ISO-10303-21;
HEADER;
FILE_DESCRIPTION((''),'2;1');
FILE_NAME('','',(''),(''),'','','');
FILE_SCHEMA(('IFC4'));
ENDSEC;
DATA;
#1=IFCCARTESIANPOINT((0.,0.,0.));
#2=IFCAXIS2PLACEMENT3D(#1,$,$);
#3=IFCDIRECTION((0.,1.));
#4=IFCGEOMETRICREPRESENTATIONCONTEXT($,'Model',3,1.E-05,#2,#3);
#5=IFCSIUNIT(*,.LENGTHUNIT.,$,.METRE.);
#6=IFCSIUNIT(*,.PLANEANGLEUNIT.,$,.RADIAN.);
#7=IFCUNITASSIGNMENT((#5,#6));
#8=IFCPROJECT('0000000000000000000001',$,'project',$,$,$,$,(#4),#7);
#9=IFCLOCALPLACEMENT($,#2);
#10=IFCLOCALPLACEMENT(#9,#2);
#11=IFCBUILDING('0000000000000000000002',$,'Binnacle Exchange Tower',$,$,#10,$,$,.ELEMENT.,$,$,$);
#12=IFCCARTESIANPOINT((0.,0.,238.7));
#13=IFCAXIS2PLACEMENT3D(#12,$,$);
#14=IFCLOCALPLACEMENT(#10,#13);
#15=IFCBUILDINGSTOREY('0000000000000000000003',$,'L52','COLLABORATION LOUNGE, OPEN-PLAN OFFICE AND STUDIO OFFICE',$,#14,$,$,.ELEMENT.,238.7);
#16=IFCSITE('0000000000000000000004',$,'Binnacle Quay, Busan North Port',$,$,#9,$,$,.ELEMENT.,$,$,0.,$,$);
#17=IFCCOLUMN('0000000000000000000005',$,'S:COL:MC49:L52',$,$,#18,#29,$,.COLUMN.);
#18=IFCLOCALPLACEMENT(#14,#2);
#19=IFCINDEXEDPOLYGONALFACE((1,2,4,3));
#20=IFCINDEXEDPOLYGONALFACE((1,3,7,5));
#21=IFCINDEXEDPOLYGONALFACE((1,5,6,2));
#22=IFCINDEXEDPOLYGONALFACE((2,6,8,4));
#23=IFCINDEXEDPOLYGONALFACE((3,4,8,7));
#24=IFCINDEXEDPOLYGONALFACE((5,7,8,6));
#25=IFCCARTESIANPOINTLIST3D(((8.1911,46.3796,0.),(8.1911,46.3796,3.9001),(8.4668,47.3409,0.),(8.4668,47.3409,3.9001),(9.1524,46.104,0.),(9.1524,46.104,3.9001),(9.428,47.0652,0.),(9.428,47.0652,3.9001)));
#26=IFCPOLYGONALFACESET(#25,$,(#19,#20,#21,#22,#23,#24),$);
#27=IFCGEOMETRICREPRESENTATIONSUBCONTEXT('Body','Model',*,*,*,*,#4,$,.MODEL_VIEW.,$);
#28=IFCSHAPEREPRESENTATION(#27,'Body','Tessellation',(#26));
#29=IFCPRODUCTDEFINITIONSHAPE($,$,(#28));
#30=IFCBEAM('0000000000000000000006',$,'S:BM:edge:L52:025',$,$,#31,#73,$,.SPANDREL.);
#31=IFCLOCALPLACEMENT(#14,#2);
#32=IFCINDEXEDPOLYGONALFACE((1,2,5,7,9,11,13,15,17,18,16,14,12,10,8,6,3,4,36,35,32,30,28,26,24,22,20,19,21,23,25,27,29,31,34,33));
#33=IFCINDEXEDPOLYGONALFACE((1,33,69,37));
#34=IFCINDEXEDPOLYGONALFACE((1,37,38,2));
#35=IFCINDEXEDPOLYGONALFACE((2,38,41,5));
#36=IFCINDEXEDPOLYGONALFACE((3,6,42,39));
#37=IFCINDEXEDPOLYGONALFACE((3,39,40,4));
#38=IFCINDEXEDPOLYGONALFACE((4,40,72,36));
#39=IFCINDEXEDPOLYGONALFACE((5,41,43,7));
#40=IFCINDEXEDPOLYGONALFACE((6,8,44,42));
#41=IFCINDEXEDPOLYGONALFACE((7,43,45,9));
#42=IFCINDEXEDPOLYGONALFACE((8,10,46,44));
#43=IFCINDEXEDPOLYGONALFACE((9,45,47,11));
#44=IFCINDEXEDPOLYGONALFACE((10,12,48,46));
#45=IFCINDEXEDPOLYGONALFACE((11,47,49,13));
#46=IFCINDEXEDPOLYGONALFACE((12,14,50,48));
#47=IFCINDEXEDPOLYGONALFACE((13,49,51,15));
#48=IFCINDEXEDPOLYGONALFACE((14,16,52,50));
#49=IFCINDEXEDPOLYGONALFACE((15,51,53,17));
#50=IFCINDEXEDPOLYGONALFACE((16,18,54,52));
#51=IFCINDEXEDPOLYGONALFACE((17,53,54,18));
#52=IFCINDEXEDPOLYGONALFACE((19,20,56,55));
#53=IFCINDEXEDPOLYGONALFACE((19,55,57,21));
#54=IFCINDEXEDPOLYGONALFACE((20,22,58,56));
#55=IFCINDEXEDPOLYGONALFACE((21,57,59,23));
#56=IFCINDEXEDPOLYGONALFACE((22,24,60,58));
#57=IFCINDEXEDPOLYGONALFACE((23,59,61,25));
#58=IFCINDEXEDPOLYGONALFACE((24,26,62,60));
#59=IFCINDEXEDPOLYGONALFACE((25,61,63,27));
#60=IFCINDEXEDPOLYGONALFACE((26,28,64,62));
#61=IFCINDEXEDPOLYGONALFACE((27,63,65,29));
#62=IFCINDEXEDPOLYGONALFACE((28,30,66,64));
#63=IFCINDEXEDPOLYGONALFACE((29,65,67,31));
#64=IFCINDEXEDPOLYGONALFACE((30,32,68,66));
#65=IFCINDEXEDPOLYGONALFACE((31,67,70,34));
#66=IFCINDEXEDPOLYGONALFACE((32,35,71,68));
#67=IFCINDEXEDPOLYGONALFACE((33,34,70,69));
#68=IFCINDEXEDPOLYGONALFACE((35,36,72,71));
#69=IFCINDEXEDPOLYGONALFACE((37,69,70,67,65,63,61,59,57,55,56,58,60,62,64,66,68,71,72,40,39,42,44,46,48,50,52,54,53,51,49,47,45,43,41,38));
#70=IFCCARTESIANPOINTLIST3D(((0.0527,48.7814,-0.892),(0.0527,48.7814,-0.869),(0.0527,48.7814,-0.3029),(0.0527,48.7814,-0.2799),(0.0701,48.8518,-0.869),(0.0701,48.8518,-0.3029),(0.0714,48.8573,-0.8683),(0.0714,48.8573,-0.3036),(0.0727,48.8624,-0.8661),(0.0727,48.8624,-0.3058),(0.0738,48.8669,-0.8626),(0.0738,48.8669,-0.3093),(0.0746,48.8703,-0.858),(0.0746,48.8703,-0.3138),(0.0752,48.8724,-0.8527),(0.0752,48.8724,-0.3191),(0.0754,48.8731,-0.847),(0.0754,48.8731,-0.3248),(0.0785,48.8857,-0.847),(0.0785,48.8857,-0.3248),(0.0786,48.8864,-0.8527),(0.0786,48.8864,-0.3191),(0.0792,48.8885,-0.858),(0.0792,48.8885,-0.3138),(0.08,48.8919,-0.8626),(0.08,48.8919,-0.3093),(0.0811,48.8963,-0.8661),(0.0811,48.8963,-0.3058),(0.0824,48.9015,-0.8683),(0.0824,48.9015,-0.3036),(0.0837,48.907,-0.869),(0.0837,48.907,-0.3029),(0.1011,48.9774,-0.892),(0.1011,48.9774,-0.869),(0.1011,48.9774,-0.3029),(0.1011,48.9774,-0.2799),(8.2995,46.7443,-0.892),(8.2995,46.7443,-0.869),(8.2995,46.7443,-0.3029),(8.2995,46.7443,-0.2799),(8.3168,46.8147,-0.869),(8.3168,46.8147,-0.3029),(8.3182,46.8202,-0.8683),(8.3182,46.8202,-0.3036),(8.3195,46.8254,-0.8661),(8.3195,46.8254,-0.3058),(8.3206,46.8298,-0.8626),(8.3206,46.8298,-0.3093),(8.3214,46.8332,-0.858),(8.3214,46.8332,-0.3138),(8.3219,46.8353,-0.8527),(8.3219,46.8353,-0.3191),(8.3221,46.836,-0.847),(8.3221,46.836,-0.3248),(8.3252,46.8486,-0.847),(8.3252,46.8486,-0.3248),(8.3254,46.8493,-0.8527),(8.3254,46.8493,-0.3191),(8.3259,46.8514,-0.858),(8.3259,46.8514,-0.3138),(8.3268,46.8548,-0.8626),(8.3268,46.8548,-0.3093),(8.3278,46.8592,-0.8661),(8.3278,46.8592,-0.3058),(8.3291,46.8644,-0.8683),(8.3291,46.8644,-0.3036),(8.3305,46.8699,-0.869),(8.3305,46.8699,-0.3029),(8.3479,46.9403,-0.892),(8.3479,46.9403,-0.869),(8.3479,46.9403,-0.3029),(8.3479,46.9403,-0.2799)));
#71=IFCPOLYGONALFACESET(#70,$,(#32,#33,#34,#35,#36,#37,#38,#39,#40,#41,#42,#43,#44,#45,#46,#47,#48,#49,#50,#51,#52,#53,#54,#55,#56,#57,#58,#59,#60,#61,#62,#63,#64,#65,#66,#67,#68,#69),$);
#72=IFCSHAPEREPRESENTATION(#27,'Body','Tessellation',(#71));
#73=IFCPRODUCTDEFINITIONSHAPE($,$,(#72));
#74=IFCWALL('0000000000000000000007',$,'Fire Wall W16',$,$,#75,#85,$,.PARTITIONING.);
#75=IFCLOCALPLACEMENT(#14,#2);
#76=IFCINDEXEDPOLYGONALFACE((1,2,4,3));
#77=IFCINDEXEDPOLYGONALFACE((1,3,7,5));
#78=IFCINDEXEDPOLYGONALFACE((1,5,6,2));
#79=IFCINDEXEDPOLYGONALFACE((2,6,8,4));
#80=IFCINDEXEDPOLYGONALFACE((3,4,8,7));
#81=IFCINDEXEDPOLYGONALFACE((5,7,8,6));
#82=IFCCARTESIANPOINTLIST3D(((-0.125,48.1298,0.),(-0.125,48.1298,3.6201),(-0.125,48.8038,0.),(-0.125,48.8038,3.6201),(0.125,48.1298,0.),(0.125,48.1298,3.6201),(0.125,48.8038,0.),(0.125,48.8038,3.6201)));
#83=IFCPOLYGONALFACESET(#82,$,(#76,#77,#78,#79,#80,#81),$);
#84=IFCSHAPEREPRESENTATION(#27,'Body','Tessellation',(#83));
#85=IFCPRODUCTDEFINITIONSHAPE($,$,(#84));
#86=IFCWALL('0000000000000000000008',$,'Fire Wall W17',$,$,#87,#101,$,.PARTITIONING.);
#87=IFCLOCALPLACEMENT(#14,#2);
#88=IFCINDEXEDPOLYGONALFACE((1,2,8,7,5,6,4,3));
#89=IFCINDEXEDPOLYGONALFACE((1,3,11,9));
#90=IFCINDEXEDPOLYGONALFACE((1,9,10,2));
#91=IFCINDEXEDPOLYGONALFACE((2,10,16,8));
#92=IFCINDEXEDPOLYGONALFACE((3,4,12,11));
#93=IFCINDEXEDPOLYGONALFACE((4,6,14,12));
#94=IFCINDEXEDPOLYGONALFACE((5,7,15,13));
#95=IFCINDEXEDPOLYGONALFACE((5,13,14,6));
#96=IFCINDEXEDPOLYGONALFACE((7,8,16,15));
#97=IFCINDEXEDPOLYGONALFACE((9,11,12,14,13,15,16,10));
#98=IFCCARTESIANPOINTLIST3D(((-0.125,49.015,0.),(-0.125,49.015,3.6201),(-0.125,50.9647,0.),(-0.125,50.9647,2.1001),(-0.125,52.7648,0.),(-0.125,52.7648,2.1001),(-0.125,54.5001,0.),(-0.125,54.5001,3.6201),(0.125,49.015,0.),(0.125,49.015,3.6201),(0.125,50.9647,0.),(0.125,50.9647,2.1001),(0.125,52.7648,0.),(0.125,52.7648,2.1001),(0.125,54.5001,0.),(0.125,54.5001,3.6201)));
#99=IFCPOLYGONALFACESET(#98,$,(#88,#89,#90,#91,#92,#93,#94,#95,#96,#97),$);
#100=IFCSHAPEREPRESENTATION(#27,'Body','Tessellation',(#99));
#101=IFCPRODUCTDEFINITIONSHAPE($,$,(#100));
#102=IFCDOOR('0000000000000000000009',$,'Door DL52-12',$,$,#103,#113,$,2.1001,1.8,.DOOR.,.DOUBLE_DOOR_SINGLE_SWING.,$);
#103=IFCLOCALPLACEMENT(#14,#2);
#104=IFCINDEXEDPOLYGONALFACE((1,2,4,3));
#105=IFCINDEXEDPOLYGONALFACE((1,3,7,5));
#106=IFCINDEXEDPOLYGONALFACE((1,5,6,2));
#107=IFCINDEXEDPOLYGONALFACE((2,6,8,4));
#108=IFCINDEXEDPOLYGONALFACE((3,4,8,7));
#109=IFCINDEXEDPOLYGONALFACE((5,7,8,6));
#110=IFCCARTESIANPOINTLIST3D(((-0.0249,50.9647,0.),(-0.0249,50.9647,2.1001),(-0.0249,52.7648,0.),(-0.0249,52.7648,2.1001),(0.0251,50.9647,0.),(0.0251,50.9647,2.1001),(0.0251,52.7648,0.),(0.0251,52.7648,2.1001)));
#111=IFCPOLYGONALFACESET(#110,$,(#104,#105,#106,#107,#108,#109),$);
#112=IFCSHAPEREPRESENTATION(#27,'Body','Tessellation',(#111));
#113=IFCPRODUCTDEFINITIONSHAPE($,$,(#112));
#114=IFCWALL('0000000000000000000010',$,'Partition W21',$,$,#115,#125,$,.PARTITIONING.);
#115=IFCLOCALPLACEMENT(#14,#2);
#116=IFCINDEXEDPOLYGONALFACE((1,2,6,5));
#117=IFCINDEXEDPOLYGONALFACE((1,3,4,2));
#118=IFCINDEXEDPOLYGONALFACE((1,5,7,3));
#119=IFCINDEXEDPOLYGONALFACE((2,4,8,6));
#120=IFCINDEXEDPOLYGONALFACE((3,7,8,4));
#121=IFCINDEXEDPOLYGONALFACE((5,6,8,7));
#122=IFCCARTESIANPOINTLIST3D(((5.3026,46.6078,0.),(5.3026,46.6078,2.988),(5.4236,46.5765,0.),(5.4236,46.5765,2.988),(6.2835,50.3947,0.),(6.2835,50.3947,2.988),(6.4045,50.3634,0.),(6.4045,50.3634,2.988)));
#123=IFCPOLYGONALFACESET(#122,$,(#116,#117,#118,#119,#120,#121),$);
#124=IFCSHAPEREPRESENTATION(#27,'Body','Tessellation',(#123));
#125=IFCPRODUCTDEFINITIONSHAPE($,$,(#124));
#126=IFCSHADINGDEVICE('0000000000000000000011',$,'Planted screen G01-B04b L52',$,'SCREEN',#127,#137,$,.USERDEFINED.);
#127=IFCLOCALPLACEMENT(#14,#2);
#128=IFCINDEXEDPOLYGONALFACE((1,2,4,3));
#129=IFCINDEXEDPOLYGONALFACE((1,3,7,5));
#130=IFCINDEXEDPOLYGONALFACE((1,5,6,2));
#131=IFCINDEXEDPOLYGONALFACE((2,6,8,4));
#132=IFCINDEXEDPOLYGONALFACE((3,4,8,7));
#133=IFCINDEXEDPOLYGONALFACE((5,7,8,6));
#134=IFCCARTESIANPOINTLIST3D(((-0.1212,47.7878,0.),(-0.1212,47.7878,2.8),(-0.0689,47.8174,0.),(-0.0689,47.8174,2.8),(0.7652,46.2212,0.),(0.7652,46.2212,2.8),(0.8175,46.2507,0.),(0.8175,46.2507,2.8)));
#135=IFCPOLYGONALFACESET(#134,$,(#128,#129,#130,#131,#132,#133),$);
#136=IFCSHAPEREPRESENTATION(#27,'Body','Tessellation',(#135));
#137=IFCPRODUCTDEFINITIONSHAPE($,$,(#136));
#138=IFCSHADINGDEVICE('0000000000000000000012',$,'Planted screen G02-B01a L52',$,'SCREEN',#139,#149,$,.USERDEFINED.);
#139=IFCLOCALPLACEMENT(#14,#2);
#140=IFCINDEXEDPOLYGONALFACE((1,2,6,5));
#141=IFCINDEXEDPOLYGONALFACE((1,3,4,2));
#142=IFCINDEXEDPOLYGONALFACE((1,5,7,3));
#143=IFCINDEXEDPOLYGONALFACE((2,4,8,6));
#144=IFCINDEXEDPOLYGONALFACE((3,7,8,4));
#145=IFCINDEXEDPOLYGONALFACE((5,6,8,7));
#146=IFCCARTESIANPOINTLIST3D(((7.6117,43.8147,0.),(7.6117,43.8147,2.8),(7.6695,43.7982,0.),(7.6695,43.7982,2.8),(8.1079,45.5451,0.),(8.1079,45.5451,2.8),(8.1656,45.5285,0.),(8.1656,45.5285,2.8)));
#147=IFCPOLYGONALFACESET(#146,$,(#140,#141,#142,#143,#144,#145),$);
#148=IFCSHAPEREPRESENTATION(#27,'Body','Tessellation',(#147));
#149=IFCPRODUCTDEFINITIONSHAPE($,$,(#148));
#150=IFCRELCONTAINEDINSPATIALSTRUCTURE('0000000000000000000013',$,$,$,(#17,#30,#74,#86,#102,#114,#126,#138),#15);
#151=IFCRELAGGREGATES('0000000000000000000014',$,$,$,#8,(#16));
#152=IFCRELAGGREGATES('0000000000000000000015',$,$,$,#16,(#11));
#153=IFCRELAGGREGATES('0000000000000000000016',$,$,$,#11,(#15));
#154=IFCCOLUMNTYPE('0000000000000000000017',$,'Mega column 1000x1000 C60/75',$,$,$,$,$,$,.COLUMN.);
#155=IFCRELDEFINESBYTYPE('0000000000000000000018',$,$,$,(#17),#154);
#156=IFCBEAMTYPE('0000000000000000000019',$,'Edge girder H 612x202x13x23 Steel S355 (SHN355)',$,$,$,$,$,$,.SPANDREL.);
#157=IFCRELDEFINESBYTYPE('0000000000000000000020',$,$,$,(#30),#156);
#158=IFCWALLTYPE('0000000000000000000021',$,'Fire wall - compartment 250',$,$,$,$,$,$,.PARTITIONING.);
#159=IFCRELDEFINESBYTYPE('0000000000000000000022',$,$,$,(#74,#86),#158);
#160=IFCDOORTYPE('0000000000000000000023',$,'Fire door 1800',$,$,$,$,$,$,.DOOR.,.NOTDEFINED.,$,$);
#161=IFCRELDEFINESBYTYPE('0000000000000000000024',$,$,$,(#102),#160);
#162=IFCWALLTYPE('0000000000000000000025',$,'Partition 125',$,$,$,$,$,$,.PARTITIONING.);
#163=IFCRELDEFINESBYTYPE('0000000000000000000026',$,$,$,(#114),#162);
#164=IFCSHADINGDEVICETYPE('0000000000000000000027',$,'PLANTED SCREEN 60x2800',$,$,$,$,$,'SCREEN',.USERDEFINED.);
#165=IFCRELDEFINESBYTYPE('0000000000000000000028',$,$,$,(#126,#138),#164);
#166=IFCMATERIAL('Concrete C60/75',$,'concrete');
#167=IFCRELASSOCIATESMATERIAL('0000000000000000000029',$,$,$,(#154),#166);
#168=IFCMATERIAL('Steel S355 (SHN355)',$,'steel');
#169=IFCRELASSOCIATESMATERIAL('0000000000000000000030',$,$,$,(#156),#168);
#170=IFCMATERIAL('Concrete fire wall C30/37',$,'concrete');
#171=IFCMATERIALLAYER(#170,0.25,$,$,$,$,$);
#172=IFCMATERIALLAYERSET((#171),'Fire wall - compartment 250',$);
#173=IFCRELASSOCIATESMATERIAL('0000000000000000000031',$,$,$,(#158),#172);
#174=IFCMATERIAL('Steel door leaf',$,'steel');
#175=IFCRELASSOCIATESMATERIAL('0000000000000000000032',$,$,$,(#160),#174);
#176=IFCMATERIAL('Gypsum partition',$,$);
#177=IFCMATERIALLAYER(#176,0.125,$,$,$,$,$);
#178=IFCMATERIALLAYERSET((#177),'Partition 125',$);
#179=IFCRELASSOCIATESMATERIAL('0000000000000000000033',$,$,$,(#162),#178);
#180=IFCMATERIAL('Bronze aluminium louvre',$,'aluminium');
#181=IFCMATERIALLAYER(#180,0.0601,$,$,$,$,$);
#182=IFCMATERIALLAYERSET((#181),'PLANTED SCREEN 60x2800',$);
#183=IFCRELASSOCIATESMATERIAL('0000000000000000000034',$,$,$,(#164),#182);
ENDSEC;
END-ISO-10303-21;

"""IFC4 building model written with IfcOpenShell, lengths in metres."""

from ifc_helpers import new_model, si_unit, direction, frame, frame_2d, origin, origin_2d, place, context, subcontext, project, spatial, rectangle, i_section, extrude, material, layer, layer_set, material_profile, profile_set, type_object, element, fill, save


model = new_model("IFC4")

# Units and contexts
model_context = context("Model", 3, precision=1e-05, world=origin(), true_north=direction((0.0, 1.0)))
body_context = subcontext(model_context, "Body", "Model", "MODEL_VIEW")
ifc_project = project(units=[si_unit("LENGTHUNIT", "METRE"), si_unit("PLANEANGLEUNIT", "RADIAN")], contexts=[model_context])

# Site, building, storey
site_placement = place(None, origin())
site = spatial("IfcSite", under=ifc_project, at=site_placement, Name="Binnacle Quay, Busan North Port", CompositionType="ELEMENT", RefElevation=0.0)
building_placement = place(site_placement, origin())
building = spatial("IfcBuilding", under=site, at=building_placement, Name="Binnacle Exchange Tower", CompositionType="ELEMENT")
storey_placement = place(building_placement, frame((0.0, 0.0, 238.7)))
storey = spatial("IfcBuildingStorey", under=building, at=storey_placement, Name="L52", Description="COLLABORATION LOUNGE, OPEN-PLAN OFFICE AND STUDIO OFFICE", CompositionType="ELEMENT", Elevation=238.7)

# Column
ifc_material_1 = material(Name="Concrete C60/75", Category="concrete")
ifc_material_profile_1 = material_profile(ifc_material_1, rectangle(XDim=1.0, YDim=1.0, at=origin_2d()), Name="Mega column 1000x1000 C60/75")
ifc_profile_set_1 = profile_set([ifc_material_profile_1], Name="Concrete C60/75")
column_type = type_object("IfcColumnType", Name="Mega column 1000x1000 C60/75", PredefinedType="COLUMN", material=ifc_profile_set_1)
column_placement = place(storey_placement, frame((8.8096, 46.7224, 0.0), z_axis=(0.0, 0.0, 1.0), x_axis=(0.961262, -0.275637, 0.0)))
element("IfcColumn", 1, at=column_placement, inside=storey, type_object=column_type, Name="S:COL:MC49:L52", PredefinedType="COLUMN", context=body_context, shape_type="SweptSolid", body=[
    extrude(rectangle(XDim=1.0, YDim=1.0, at=origin_2d()), origin(), (0.0, 0.0, 1.0), 3.9001),
])

# Beam
ifc_material_2 = material(Name="Steel S355 (SHN355)", Category="steel")
ifc_material_profile_2 = material_profile(ifc_material_2, i_section(OverallWidth=0.2019, OverallDepth=0.6121, WebThickness=0.0129, FlangeThickness=0.0229, FilletRadius=0.022, at=origin_2d()), Name="H 612x202x13x23")
ifc_profile_set_2 = profile_set([ifc_material_profile_2], Name="Steel S355 (SHN355)")
beam_type = type_object("IfcBeamType", Name="Edge girder H 612x202x13x23 Steel S355 (SHN355)", PredefinedType="SPANDREL", material=ifc_profile_set_2)
beam_placement = place(storey_placement, frame((0.0769, 48.8794, -0.5859), z_axis=(0.97082, -0.239809, 0.0), x_axis=(0.239809, 0.97082, 0.0)))
element("IfcBeam", 2, at=beam_placement, inside=storey, type_object=beam_type, Name="S:BM:edge:L52:025", PredefinedType="SPANDREL", context=body_context, shape_type="SweptSolid", body=[
    extrude(i_section(OverallWidth=0.2019, OverallDepth=0.6121, WebThickness=0.0129, FlangeThickness=0.0229, FilletRadius=0.022, at=origin_2d()), origin(), (0.0, 0.0, 1.0), 8.4946),
])

# Wall
ifc_material_3 = material(Name="Concrete fire wall C30/37", Category="concrete")
ifc_layer_1 = layer(ifc_material_3, 0.25)
ifc_layer_set_1 = layer_set([ifc_layer_1], Name="Fire wall - compartment 250")
wall_type_1 = type_object("IfcWallType", Name="Fire wall - compartment 250", PredefinedType="PARTITIONING", material=ifc_layer_set_1)
wall_1_placement = place(storey_placement, frame((0.0, 48.1299, 0.0), z_axis=(0.0, 0.0, 1.0), x_axis=(0.0, 1.0, 0.0)))
element("IfcWall", 3, at=wall_1_placement, inside=storey, type_object=wall_type_1, Name="Fire Wall W16", PredefinedType="PARTITIONING", context=body_context, shape_type="SweptSolid", body=[
    extrude(rectangle(XDim=0.6741, YDim=0.25, at=frame_2d((0.3369, 0.0))), origin(), (0.0, 0.0, 1.0), 3.6201),
])

# Wall, opening, door
wall_2_placement = place(storey_placement, frame((0.0, 49.0149, 0.0), z_axis=(0.0, 0.0, 1.0), x_axis=(0.0, 1.0, 0.0)))
wall_2 = element("IfcWall", 4, at=wall_2_placement, inside=storey, type_object=wall_type_1, Name="Fire Wall W17", PredefinedType="PARTITIONING", context=body_context, shape_type="SweptSolid", body=[
    extrude(rectangle(XDim=5.4851, YDim=0.25, at=frame_2d((2.7427, 0.0))), origin(), (0.0, 0.0, 1.0), 3.6201),
])
opening_1_placement = place(wall_2_placement, frame((1.95, 0.0, 0.0)))
opening_1 = element("IfcOpeningElement", 5, at=opening_1_placement, cuts=wall_2, PredefinedType="OPENING", context=body_context, shape_type="SweptSolid", body=[
    extrude(rectangle(XDim=1.8, YDim=2.1001, at=frame_2d((0.8999, 1.05))), frame((0.0, 0.135, 0.0), z_axis=(0.0, -1.0, 0.0), x_axis=(1.0, 0.0, 0.0)), (0.0, 0.0, 1.0), 0.27),
])
ifc_material_4 = material(Name="Steel door leaf", Category="steel")
door_type_1 = type_object("IfcDoorType", Name="Fire door 1800", OperationType="NOTDEFINED", PredefinedType="DOOR", material=ifc_material_4)
door_1_placement = place(opening_1_placement, origin())
door_1 = element("IfcDoor", 6, at=door_1_placement, inside=storey, type_object=door_type_1, Name="Door DL52-12", OperationType="DOUBLE_DOOR_SINGLE_SWING", OverallHeight=2.1001, OverallWidth=1.8, PredefinedType="DOOR", context=body_context, shape_type="SweptSolid", body=[
    extrude(rectangle(XDim=1.8, YDim=2.1001, at=frame_2d((0.8999, 1.05))), frame((0.0, 0.0249, 0.0), z_axis=(0.0, -1.0, 0.0), x_axis=(1.0, 0.0, 0.0)), (0.0, 0.0, 1.0), 0.05),
])
fill(opening_1, door_1)

# Wall
ifc_material_5 = material(Name="Gypsum partition")
ifc_layer_2 = layer(ifc_material_5, 0.125)
ifc_layer_set_2 = layer_set([ifc_layer_2], Name="Partition 125")
wall_type_2 = type_object("IfcWallType", Name="Partition 125", PredefinedType="PARTITIONING", material=ifc_layer_set_2)
wall_3_placement = place(storey_placement, frame((5.363, 46.592, 0.0), z_axis=(0.0, 0.0, 1.0), x_axis=(0.250765, 0.968048, 0.0)))
element("IfcWall", 7, at=wall_3_placement, inside=storey, type_object=wall_type_2, Name="Partition W21", PredefinedType="PARTITIONING", context=body_context, shape_type="SweptSolid", body=[
    extrude(rectangle(XDim=3.9119, YDim=0.125, at=frame_2d((1.9561, 0.0))), origin(), (0.0, 0.0, 1.0), 2.988),
])

# Shading devices
ifc_material_6 = material(Name="Bronze aluminium louvre", Category="aluminium")
ifc_layer_3 = layer(ifc_material_6, 0.0601)
ifc_layer_set_3 = layer_set([ifc_layer_3], Name="PLANTED SCREEN 60x2800")
shading_device_type = type_object("IfcShadingDeviceType", Name="PLANTED SCREEN 60x2800", ElementType="SCREEN", PredefinedType="USERDEFINED", material=ifc_layer_set_3)
for number, where, z_axis, x_axis, name in (
    (8, (0.3481, 47.0193, 0.0), (0.0, 0.0, 1.0), (0.870356, 0.492424, 0.0), "Planted screen G01-B04b L52"),
    (9, (7.8887, 44.6716, 0.0), (0.0, 0.0, 1.0), (0.961262, -0.275637, 0.0), "Planted screen G02-B01a L52"),
):
    element("IfcShadingDevice", number, at=place(storey_placement, frame(where, z_axis=z_axis, x_axis=x_axis)), inside=storey, type_object=shading_device_type, Name=name, ObjectType="SCREEN", PredefinedType="USERDEFINED", context=body_context, shape_type="SweptSolid", body=[
        extrude(rectangle(XDim=0.0601, YDim=1.8, at=origin_2d()), origin(), (0.0, 0.0, 1.0), 2.8),
    ])

save(model, "model.ifc")
